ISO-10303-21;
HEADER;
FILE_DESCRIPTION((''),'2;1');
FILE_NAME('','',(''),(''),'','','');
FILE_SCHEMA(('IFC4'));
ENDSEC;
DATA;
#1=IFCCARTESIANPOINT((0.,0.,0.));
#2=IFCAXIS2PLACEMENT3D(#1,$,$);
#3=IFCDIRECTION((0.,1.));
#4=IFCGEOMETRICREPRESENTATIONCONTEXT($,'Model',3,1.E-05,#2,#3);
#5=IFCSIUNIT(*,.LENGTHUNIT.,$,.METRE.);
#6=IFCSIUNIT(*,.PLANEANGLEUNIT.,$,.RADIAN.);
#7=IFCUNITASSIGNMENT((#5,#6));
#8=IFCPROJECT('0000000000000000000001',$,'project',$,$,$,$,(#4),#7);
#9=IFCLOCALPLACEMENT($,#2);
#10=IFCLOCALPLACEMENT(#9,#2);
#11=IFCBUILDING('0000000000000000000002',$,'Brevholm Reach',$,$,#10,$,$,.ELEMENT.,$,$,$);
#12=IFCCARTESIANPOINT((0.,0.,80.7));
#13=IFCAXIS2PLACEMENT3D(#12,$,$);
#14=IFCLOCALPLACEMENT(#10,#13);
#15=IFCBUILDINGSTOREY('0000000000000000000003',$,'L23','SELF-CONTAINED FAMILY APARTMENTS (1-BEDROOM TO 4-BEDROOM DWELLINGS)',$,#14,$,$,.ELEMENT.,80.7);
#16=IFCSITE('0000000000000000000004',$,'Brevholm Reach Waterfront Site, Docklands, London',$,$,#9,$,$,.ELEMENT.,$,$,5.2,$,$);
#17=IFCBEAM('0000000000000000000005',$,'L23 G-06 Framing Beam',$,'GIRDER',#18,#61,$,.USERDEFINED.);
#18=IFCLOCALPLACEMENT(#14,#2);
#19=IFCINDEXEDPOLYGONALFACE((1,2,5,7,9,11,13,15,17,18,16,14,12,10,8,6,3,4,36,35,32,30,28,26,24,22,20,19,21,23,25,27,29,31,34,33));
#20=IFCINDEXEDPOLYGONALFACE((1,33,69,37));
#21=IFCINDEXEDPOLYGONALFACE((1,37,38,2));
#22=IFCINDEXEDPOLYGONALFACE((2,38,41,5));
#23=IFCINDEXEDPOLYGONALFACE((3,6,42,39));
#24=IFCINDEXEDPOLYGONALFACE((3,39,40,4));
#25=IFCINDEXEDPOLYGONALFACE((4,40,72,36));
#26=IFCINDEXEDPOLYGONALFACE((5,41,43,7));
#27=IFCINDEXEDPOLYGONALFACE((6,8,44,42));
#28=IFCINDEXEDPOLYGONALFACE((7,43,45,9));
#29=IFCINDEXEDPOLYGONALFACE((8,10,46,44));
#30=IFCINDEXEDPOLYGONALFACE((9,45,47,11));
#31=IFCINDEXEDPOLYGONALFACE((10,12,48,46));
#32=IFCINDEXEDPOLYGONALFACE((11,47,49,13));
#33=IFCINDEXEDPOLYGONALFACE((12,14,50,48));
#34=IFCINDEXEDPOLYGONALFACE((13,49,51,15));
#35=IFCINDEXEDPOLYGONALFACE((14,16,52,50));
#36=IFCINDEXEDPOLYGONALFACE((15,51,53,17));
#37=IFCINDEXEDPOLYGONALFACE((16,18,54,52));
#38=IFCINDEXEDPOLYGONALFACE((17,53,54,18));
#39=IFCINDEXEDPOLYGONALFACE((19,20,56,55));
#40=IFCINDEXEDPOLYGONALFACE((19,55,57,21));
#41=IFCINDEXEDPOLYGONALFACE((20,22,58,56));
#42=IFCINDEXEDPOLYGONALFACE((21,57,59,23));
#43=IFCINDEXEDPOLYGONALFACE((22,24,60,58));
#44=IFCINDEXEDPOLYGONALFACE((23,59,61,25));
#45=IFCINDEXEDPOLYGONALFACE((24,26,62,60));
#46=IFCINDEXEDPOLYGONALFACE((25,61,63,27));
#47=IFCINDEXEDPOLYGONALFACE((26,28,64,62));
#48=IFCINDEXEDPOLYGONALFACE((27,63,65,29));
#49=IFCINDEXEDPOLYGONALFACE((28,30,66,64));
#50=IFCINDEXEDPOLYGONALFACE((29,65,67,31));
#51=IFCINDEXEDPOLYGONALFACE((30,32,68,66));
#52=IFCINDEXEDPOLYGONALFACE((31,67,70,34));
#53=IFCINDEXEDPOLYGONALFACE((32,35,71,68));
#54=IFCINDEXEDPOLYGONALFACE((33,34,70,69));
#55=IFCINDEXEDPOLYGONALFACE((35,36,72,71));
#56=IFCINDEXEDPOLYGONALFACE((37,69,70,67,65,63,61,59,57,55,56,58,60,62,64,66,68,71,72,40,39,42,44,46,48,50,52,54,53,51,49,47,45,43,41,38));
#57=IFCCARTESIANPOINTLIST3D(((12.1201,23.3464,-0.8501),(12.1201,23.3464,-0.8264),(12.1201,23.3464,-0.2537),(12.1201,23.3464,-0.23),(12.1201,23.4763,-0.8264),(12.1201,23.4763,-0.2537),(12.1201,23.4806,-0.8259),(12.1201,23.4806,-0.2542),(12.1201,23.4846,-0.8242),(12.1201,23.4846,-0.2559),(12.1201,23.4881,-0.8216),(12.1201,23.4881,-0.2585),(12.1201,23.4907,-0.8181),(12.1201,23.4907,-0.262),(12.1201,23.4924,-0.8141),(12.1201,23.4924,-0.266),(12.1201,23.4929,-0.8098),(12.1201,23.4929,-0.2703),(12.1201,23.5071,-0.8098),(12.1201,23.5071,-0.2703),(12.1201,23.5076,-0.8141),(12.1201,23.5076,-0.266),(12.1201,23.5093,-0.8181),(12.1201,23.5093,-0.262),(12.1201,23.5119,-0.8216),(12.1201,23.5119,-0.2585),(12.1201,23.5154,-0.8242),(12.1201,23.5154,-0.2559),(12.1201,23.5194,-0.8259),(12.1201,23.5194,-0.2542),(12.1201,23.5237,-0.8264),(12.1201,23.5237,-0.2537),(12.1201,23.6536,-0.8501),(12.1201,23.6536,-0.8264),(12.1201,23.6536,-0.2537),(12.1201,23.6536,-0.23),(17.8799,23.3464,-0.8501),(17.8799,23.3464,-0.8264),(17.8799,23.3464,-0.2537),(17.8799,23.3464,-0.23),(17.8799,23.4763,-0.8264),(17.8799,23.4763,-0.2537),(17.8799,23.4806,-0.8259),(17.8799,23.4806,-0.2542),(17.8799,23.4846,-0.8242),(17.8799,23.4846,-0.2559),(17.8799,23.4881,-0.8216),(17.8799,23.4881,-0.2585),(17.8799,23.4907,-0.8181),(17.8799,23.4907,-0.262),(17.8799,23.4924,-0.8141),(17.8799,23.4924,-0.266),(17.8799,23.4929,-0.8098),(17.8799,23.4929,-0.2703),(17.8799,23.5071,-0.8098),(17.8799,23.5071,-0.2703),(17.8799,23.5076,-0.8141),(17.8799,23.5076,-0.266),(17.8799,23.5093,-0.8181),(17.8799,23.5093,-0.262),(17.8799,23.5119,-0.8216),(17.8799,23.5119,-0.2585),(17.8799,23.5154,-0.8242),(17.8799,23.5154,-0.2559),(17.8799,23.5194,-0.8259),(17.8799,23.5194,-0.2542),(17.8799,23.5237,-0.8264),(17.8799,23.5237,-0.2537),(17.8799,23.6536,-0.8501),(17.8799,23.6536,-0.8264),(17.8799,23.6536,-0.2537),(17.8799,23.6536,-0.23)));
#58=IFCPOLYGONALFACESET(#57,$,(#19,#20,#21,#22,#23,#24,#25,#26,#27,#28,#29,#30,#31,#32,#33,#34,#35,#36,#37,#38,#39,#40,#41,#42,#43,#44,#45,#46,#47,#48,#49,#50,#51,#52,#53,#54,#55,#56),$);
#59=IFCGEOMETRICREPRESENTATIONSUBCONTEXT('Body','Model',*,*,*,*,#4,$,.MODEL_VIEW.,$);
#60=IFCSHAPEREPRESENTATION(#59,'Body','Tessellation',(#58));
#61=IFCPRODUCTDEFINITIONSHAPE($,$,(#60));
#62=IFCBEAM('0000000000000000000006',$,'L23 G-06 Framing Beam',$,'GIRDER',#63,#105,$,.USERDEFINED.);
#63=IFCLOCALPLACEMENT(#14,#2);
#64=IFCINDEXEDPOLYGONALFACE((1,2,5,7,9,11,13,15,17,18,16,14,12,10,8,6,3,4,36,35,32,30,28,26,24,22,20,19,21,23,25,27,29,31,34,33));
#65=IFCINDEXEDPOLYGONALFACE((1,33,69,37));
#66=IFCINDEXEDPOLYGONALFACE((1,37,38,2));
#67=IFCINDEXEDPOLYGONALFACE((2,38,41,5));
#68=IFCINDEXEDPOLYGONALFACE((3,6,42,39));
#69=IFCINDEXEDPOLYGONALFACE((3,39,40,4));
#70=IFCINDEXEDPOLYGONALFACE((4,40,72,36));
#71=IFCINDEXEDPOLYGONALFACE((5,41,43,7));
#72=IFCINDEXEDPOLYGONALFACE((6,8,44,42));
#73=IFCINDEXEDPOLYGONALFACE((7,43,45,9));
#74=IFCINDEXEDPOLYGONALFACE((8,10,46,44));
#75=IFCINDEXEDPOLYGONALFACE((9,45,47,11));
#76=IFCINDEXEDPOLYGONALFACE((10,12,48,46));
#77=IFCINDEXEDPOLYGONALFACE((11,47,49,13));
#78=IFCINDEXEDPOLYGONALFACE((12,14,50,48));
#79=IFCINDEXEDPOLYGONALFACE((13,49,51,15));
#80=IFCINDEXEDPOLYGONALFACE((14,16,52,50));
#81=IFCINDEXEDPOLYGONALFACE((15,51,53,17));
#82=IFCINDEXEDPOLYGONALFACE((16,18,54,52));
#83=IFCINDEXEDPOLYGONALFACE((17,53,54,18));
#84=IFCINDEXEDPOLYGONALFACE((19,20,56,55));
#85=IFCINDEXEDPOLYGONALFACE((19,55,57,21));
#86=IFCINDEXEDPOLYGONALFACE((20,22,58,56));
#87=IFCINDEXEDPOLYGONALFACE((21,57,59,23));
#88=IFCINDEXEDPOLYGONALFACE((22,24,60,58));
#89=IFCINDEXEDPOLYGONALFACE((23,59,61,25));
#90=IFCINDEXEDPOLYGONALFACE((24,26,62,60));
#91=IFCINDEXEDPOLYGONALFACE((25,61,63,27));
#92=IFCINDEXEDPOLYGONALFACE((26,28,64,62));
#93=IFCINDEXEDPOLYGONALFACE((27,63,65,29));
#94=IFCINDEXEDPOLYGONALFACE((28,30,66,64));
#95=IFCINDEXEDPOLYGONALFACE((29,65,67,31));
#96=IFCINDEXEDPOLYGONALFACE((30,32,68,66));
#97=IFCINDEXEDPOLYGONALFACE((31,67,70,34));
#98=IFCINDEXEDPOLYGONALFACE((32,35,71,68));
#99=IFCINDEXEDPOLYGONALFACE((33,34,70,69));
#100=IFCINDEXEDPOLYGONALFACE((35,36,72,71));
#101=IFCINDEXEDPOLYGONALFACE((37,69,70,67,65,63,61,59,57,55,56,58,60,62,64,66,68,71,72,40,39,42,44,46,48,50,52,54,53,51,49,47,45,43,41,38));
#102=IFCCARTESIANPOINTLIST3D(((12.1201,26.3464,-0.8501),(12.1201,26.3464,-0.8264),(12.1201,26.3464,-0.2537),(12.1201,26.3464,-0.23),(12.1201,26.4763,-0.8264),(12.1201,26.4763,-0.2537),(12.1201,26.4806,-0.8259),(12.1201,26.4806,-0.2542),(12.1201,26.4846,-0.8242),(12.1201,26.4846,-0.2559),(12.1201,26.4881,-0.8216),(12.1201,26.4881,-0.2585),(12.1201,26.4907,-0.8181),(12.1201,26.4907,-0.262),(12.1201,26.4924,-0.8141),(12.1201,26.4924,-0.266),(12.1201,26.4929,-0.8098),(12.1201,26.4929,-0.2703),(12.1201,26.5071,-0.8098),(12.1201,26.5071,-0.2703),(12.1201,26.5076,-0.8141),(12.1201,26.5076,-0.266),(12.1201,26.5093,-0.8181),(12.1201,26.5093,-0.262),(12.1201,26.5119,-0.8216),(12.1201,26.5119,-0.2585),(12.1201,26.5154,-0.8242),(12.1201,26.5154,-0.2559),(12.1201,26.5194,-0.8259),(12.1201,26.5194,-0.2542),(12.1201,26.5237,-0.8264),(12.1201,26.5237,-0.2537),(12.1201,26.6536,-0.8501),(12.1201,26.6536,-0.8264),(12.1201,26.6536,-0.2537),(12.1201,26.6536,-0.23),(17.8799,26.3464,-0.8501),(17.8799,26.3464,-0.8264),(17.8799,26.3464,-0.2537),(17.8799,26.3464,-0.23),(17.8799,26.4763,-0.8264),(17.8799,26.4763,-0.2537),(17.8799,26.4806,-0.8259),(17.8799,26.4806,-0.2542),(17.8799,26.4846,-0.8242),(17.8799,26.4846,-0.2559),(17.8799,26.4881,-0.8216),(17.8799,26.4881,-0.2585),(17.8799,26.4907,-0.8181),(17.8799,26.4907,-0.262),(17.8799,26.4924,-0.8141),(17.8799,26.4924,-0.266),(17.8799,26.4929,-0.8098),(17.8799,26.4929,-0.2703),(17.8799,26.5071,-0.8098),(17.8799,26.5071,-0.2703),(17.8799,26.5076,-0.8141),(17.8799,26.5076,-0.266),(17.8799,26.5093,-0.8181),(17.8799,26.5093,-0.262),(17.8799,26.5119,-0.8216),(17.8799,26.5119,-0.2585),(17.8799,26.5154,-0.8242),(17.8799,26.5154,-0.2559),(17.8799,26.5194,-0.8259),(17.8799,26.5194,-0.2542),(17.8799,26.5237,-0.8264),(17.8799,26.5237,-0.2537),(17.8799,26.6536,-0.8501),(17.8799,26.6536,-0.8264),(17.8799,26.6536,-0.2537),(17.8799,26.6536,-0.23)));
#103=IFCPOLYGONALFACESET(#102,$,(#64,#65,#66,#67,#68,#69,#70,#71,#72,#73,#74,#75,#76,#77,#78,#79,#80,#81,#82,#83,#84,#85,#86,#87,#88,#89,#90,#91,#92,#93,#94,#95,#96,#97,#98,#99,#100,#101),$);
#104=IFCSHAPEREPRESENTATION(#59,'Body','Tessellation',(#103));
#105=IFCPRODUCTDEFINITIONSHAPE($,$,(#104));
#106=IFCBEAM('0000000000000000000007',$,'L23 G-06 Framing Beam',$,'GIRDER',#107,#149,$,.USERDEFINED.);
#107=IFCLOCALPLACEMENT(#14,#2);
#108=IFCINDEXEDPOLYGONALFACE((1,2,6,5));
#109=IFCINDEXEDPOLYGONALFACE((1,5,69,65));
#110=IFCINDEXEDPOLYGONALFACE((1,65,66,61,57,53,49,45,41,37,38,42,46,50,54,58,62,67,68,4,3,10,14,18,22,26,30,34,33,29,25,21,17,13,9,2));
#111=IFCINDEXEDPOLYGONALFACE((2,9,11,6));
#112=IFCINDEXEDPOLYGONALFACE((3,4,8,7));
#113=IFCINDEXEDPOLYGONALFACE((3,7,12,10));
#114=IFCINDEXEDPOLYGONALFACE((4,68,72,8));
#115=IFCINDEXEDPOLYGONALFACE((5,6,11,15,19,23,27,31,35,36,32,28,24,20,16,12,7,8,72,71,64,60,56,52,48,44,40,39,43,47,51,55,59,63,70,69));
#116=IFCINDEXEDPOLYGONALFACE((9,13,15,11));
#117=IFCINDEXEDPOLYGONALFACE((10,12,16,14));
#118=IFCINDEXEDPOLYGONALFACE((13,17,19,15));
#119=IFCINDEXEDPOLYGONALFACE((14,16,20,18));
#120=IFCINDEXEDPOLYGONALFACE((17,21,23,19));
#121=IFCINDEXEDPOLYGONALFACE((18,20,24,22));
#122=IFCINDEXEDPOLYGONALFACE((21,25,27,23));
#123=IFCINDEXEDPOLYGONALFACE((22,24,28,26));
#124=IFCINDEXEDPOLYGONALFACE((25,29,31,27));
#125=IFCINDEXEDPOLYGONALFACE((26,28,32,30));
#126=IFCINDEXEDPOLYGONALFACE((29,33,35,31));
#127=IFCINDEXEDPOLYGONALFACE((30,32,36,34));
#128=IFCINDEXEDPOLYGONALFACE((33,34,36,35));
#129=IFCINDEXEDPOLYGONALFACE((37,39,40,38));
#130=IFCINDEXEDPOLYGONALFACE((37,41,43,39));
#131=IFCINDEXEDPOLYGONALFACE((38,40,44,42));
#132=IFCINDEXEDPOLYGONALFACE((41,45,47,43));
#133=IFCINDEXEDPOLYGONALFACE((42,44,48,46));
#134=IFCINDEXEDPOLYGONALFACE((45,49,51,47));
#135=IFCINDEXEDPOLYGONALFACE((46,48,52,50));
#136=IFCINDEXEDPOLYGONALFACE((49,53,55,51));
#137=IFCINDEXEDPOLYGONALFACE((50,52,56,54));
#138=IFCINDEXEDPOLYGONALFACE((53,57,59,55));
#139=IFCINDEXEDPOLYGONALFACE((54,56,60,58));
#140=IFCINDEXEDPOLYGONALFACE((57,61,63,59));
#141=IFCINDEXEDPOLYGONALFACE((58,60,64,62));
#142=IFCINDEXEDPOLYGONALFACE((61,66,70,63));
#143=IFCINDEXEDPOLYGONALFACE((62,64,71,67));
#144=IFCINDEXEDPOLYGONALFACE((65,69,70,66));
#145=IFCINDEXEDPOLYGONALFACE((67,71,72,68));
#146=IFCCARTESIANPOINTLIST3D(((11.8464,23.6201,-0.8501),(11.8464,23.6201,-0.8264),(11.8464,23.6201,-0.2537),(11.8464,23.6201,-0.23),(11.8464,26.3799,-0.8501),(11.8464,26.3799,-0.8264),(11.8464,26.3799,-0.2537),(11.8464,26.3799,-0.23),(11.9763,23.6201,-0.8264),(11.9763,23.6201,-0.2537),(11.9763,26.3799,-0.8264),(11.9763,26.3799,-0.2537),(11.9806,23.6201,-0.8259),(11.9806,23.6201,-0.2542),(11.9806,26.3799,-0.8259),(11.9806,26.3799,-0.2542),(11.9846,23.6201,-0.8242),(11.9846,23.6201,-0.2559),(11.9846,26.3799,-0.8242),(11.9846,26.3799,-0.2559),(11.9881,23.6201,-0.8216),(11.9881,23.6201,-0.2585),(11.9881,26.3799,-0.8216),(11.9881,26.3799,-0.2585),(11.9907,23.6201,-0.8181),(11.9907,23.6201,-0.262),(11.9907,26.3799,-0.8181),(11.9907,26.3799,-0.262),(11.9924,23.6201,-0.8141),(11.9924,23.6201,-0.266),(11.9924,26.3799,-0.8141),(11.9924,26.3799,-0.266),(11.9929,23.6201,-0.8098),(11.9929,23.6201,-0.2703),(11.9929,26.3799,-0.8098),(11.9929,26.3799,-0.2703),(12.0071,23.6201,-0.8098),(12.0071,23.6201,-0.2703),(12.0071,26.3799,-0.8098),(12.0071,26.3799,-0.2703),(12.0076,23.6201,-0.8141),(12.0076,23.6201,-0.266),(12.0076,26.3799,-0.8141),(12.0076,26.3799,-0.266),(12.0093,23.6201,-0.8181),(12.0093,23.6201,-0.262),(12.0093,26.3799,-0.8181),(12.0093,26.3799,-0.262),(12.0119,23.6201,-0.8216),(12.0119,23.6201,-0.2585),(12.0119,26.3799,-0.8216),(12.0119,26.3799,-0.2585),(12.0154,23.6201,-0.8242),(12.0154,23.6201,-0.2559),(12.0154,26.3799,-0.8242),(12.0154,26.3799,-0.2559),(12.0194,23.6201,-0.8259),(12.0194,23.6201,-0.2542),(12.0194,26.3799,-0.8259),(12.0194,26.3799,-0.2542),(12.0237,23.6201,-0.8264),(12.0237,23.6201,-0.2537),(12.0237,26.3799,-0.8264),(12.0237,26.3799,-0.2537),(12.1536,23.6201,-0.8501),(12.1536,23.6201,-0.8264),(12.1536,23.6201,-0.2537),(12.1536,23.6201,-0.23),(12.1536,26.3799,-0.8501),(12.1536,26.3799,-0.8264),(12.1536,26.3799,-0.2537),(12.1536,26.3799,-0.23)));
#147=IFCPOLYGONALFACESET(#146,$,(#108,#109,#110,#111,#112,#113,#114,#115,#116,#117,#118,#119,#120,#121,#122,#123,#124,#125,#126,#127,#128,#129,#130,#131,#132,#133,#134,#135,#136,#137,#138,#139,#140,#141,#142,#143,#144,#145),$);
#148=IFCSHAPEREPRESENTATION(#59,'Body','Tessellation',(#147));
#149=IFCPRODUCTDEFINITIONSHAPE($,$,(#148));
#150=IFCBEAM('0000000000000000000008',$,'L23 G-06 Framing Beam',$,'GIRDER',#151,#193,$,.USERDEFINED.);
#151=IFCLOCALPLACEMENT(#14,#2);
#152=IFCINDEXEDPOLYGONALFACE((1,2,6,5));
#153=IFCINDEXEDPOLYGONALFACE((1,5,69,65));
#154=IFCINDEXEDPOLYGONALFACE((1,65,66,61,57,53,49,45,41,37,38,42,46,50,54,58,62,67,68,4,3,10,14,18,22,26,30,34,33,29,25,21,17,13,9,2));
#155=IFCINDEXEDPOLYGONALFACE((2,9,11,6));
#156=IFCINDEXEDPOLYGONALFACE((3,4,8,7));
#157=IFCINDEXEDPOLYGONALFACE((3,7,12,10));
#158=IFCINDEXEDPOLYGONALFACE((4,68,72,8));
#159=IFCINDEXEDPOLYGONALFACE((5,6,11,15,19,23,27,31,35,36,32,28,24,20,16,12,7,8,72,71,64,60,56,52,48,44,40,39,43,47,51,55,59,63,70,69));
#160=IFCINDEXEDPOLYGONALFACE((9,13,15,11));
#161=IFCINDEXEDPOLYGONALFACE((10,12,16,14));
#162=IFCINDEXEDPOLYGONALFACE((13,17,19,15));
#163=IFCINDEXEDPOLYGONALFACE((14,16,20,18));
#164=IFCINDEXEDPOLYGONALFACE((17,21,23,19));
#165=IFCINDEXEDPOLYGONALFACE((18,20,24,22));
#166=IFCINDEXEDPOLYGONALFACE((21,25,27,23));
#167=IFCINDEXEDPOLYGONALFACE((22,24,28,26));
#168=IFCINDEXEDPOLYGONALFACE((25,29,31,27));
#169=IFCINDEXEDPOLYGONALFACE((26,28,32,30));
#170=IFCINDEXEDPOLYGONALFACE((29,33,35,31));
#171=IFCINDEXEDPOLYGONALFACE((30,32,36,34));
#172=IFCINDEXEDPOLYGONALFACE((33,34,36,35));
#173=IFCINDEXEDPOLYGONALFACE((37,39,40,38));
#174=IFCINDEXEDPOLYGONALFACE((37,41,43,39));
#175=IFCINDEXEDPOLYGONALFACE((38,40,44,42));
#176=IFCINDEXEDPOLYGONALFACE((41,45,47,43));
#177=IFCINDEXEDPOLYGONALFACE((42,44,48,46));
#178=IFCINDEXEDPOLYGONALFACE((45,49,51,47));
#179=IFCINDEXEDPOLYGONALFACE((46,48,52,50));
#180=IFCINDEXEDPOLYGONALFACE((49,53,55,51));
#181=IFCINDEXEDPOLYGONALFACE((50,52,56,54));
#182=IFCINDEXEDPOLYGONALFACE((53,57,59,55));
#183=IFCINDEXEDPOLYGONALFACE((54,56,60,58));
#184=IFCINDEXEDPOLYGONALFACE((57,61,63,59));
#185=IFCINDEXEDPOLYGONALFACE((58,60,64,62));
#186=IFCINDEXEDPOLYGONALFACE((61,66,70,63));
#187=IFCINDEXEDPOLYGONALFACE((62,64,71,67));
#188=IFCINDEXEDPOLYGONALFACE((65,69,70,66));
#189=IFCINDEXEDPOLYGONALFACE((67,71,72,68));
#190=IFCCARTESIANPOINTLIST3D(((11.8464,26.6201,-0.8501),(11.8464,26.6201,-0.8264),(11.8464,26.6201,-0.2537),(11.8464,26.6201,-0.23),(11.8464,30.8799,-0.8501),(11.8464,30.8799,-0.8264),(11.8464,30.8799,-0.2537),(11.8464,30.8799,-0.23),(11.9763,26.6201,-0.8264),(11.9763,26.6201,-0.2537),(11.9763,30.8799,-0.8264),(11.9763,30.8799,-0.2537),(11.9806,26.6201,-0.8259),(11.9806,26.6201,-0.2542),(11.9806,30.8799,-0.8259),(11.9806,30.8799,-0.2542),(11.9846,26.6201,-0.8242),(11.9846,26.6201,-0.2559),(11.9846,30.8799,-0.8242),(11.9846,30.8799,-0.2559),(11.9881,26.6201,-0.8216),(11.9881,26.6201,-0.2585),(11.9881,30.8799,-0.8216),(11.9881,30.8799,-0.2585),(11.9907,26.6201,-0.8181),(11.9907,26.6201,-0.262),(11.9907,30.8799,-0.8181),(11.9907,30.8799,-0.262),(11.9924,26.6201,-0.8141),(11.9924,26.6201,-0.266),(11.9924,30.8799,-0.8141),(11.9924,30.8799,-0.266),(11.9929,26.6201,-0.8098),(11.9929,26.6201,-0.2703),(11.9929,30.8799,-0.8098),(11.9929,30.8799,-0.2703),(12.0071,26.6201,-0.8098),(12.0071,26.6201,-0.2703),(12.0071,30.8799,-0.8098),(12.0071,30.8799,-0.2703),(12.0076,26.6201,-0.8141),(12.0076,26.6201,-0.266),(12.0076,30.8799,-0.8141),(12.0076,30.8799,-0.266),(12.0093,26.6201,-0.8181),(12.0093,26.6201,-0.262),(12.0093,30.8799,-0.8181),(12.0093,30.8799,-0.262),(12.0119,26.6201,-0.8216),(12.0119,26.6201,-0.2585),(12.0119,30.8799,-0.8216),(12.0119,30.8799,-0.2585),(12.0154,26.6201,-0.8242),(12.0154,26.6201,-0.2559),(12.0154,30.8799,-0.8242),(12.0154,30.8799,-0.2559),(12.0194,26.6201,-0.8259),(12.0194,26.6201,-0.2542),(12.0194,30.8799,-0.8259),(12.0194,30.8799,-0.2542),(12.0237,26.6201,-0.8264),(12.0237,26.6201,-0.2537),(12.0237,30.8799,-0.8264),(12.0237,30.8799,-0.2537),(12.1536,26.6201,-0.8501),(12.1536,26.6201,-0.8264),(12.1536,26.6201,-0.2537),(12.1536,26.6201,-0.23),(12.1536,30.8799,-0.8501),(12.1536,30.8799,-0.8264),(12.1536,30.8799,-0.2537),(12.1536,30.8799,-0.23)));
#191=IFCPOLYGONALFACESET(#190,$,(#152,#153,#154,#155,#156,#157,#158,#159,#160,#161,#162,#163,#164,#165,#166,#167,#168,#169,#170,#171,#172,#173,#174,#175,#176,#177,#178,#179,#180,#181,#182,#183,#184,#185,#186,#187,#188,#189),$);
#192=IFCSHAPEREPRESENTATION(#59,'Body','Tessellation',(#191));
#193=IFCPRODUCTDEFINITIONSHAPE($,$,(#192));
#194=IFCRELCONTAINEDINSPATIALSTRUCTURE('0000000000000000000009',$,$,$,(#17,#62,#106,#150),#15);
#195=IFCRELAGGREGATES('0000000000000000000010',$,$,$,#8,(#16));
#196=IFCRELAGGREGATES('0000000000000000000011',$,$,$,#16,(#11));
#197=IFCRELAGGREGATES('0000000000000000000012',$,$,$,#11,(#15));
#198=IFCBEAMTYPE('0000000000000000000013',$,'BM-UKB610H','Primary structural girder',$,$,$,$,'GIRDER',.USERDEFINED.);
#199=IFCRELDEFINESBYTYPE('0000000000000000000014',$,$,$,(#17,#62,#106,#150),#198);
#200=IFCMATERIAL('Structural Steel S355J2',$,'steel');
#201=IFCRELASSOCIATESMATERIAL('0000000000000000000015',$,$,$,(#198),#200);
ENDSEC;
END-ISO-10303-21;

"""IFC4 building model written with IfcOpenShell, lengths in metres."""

from ifc_helpers import new_model, si_unit, direction, frame, origin, origin_2d, place, context, subcontext, project, spatial, i_section, extrude, material, material_profile, profile_set, type_object, element, save


model = new_model("IFC4")

# Units and contexts
model_context = context("Model", 3, precision=1e-05, world=origin(), true_north=direction((0.0, 1.0)))
body_context = subcontext(model_context, "Body", "Model", "MODEL_VIEW")
ifc_project = project(units=[si_unit("LENGTHUNIT", "METRE"), si_unit("PLANEANGLEUNIT", "RADIAN")], contexts=[model_context])

# Site, building, storey
site_placement = place(None, origin())
site = spatial("IfcSite", under=ifc_project, at=site_placement, Name="Brevholm Reach Waterfront Site, Docklands, London", CompositionType="ELEMENT", RefElevation=5.2)
building_placement = place(site_placement, origin())
building = spatial("IfcBuilding", under=site, at=building_placement, Name="Brevholm Reach", CompositionType="ELEMENT")
storey_placement = place(building_placement, frame((0.0, 0.0, 80.7)))
storey = spatial("IfcBuildingStorey", under=building, at=storey_placement, Name="L23", Description="SELF-CONTAINED FAMILY APARTMENTS (1-BEDROOM TO 4-BEDROOM DWELLINGS)", CompositionType="ELEMENT", Elevation=80.7)

# Beams
ifc_material_1 = material(Name="Structural Steel S355J2", Category="steel")
ifc_material_profile_1 = material_profile(ifc_material_1, i_section(OverallWidth=0.3071, OverallDepth=0.6201, WebThickness=0.0142, FlangeThickness=0.0237, FilletRadius=0.0166, at=origin_2d()), Name="UKB 610x305x179")
ifc_profile_set_1 = profile_set([ifc_material_profile_1], Name="Structural Steel S355J2")
beam_type_1 = type_object("IfcBeamType", Name="BM-UKB610H", Description="Primary structural girder", ElementType="GIRDER", PredefinedType="USERDEFINED", material=ifc_profile_set_1)
for number, where, z_axis, x_axis, name in (
    (1, (12.1201, 23.5, -0.54), (1.0, 0.0, 0.0), (0.0, 1.0, 0.0), "L23 G-06 Framing Beam"),
    (2, (12.1201, 26.5, -0.54), (1.0, 0.0, 0.0), (0.0, 1.0, 0.0), "L23 G-06 Framing Beam"),
):
    element("IfcBeam", number, at=place(storey_placement, frame(where, z_axis=z_axis, x_axis=x_axis)), inside=storey, type_object=beam_type_1, Name=name, ObjectType="GIRDER", PredefinedType="USERDEFINED", context=body_context, shape_type="SweptSolid", body=[
        extrude(i_section(OverallWidth=0.3071, OverallDepth=0.6201, WebThickness=0.0142, FlangeThickness=0.0237, FilletRadius=0.0166, at=origin_2d()), origin(), (0.0, 0.0, 1.0), 5.7598),
    ])
beam_1_placement = place(storey_placement, frame((12.0, 23.6201, -0.54), z_axis=(0.0, 1.0, 0.0), x_axis=(-1.0, 0.0, 0.0)))
element("IfcBeam", 3, at=beam_1_placement, inside=storey, type_object=beam_type_1, Name="L23 G-06 Framing Beam", ObjectType="GIRDER", PredefinedType="USERDEFINED", context=body_context, shape_type="SweptSolid", body=[
    extrude(i_section(OverallWidth=0.3071, OverallDepth=0.6201, WebThickness=0.0142, FlangeThickness=0.0237, FilletRadius=0.0166, at=origin_2d()), origin(), (0.0, 0.0, 1.0), 2.7598),
])
beam_2_placement = place(storey_placement, frame((12.0, 26.6201, -0.54), z_axis=(0.0, 1.0, 0.0), x_axis=(-1.0, 0.0, 0.0)))
element("IfcBeam", 4, at=beam_2_placement, inside=storey, type_object=beam_type_1, Name="L23 G-06 Framing Beam", ObjectType="GIRDER", PredefinedType="USERDEFINED", context=body_context, shape_type="SweptSolid", body=[
    extrude(i_section(OverallWidth=0.3071, OverallDepth=0.6201, WebThickness=0.0142, FlangeThickness=0.0237, FilletRadius=0.0166, at=origin_2d()), origin(), (0.0, 0.0, 1.0), 4.2598),
])

save(model, "model.ifc")
